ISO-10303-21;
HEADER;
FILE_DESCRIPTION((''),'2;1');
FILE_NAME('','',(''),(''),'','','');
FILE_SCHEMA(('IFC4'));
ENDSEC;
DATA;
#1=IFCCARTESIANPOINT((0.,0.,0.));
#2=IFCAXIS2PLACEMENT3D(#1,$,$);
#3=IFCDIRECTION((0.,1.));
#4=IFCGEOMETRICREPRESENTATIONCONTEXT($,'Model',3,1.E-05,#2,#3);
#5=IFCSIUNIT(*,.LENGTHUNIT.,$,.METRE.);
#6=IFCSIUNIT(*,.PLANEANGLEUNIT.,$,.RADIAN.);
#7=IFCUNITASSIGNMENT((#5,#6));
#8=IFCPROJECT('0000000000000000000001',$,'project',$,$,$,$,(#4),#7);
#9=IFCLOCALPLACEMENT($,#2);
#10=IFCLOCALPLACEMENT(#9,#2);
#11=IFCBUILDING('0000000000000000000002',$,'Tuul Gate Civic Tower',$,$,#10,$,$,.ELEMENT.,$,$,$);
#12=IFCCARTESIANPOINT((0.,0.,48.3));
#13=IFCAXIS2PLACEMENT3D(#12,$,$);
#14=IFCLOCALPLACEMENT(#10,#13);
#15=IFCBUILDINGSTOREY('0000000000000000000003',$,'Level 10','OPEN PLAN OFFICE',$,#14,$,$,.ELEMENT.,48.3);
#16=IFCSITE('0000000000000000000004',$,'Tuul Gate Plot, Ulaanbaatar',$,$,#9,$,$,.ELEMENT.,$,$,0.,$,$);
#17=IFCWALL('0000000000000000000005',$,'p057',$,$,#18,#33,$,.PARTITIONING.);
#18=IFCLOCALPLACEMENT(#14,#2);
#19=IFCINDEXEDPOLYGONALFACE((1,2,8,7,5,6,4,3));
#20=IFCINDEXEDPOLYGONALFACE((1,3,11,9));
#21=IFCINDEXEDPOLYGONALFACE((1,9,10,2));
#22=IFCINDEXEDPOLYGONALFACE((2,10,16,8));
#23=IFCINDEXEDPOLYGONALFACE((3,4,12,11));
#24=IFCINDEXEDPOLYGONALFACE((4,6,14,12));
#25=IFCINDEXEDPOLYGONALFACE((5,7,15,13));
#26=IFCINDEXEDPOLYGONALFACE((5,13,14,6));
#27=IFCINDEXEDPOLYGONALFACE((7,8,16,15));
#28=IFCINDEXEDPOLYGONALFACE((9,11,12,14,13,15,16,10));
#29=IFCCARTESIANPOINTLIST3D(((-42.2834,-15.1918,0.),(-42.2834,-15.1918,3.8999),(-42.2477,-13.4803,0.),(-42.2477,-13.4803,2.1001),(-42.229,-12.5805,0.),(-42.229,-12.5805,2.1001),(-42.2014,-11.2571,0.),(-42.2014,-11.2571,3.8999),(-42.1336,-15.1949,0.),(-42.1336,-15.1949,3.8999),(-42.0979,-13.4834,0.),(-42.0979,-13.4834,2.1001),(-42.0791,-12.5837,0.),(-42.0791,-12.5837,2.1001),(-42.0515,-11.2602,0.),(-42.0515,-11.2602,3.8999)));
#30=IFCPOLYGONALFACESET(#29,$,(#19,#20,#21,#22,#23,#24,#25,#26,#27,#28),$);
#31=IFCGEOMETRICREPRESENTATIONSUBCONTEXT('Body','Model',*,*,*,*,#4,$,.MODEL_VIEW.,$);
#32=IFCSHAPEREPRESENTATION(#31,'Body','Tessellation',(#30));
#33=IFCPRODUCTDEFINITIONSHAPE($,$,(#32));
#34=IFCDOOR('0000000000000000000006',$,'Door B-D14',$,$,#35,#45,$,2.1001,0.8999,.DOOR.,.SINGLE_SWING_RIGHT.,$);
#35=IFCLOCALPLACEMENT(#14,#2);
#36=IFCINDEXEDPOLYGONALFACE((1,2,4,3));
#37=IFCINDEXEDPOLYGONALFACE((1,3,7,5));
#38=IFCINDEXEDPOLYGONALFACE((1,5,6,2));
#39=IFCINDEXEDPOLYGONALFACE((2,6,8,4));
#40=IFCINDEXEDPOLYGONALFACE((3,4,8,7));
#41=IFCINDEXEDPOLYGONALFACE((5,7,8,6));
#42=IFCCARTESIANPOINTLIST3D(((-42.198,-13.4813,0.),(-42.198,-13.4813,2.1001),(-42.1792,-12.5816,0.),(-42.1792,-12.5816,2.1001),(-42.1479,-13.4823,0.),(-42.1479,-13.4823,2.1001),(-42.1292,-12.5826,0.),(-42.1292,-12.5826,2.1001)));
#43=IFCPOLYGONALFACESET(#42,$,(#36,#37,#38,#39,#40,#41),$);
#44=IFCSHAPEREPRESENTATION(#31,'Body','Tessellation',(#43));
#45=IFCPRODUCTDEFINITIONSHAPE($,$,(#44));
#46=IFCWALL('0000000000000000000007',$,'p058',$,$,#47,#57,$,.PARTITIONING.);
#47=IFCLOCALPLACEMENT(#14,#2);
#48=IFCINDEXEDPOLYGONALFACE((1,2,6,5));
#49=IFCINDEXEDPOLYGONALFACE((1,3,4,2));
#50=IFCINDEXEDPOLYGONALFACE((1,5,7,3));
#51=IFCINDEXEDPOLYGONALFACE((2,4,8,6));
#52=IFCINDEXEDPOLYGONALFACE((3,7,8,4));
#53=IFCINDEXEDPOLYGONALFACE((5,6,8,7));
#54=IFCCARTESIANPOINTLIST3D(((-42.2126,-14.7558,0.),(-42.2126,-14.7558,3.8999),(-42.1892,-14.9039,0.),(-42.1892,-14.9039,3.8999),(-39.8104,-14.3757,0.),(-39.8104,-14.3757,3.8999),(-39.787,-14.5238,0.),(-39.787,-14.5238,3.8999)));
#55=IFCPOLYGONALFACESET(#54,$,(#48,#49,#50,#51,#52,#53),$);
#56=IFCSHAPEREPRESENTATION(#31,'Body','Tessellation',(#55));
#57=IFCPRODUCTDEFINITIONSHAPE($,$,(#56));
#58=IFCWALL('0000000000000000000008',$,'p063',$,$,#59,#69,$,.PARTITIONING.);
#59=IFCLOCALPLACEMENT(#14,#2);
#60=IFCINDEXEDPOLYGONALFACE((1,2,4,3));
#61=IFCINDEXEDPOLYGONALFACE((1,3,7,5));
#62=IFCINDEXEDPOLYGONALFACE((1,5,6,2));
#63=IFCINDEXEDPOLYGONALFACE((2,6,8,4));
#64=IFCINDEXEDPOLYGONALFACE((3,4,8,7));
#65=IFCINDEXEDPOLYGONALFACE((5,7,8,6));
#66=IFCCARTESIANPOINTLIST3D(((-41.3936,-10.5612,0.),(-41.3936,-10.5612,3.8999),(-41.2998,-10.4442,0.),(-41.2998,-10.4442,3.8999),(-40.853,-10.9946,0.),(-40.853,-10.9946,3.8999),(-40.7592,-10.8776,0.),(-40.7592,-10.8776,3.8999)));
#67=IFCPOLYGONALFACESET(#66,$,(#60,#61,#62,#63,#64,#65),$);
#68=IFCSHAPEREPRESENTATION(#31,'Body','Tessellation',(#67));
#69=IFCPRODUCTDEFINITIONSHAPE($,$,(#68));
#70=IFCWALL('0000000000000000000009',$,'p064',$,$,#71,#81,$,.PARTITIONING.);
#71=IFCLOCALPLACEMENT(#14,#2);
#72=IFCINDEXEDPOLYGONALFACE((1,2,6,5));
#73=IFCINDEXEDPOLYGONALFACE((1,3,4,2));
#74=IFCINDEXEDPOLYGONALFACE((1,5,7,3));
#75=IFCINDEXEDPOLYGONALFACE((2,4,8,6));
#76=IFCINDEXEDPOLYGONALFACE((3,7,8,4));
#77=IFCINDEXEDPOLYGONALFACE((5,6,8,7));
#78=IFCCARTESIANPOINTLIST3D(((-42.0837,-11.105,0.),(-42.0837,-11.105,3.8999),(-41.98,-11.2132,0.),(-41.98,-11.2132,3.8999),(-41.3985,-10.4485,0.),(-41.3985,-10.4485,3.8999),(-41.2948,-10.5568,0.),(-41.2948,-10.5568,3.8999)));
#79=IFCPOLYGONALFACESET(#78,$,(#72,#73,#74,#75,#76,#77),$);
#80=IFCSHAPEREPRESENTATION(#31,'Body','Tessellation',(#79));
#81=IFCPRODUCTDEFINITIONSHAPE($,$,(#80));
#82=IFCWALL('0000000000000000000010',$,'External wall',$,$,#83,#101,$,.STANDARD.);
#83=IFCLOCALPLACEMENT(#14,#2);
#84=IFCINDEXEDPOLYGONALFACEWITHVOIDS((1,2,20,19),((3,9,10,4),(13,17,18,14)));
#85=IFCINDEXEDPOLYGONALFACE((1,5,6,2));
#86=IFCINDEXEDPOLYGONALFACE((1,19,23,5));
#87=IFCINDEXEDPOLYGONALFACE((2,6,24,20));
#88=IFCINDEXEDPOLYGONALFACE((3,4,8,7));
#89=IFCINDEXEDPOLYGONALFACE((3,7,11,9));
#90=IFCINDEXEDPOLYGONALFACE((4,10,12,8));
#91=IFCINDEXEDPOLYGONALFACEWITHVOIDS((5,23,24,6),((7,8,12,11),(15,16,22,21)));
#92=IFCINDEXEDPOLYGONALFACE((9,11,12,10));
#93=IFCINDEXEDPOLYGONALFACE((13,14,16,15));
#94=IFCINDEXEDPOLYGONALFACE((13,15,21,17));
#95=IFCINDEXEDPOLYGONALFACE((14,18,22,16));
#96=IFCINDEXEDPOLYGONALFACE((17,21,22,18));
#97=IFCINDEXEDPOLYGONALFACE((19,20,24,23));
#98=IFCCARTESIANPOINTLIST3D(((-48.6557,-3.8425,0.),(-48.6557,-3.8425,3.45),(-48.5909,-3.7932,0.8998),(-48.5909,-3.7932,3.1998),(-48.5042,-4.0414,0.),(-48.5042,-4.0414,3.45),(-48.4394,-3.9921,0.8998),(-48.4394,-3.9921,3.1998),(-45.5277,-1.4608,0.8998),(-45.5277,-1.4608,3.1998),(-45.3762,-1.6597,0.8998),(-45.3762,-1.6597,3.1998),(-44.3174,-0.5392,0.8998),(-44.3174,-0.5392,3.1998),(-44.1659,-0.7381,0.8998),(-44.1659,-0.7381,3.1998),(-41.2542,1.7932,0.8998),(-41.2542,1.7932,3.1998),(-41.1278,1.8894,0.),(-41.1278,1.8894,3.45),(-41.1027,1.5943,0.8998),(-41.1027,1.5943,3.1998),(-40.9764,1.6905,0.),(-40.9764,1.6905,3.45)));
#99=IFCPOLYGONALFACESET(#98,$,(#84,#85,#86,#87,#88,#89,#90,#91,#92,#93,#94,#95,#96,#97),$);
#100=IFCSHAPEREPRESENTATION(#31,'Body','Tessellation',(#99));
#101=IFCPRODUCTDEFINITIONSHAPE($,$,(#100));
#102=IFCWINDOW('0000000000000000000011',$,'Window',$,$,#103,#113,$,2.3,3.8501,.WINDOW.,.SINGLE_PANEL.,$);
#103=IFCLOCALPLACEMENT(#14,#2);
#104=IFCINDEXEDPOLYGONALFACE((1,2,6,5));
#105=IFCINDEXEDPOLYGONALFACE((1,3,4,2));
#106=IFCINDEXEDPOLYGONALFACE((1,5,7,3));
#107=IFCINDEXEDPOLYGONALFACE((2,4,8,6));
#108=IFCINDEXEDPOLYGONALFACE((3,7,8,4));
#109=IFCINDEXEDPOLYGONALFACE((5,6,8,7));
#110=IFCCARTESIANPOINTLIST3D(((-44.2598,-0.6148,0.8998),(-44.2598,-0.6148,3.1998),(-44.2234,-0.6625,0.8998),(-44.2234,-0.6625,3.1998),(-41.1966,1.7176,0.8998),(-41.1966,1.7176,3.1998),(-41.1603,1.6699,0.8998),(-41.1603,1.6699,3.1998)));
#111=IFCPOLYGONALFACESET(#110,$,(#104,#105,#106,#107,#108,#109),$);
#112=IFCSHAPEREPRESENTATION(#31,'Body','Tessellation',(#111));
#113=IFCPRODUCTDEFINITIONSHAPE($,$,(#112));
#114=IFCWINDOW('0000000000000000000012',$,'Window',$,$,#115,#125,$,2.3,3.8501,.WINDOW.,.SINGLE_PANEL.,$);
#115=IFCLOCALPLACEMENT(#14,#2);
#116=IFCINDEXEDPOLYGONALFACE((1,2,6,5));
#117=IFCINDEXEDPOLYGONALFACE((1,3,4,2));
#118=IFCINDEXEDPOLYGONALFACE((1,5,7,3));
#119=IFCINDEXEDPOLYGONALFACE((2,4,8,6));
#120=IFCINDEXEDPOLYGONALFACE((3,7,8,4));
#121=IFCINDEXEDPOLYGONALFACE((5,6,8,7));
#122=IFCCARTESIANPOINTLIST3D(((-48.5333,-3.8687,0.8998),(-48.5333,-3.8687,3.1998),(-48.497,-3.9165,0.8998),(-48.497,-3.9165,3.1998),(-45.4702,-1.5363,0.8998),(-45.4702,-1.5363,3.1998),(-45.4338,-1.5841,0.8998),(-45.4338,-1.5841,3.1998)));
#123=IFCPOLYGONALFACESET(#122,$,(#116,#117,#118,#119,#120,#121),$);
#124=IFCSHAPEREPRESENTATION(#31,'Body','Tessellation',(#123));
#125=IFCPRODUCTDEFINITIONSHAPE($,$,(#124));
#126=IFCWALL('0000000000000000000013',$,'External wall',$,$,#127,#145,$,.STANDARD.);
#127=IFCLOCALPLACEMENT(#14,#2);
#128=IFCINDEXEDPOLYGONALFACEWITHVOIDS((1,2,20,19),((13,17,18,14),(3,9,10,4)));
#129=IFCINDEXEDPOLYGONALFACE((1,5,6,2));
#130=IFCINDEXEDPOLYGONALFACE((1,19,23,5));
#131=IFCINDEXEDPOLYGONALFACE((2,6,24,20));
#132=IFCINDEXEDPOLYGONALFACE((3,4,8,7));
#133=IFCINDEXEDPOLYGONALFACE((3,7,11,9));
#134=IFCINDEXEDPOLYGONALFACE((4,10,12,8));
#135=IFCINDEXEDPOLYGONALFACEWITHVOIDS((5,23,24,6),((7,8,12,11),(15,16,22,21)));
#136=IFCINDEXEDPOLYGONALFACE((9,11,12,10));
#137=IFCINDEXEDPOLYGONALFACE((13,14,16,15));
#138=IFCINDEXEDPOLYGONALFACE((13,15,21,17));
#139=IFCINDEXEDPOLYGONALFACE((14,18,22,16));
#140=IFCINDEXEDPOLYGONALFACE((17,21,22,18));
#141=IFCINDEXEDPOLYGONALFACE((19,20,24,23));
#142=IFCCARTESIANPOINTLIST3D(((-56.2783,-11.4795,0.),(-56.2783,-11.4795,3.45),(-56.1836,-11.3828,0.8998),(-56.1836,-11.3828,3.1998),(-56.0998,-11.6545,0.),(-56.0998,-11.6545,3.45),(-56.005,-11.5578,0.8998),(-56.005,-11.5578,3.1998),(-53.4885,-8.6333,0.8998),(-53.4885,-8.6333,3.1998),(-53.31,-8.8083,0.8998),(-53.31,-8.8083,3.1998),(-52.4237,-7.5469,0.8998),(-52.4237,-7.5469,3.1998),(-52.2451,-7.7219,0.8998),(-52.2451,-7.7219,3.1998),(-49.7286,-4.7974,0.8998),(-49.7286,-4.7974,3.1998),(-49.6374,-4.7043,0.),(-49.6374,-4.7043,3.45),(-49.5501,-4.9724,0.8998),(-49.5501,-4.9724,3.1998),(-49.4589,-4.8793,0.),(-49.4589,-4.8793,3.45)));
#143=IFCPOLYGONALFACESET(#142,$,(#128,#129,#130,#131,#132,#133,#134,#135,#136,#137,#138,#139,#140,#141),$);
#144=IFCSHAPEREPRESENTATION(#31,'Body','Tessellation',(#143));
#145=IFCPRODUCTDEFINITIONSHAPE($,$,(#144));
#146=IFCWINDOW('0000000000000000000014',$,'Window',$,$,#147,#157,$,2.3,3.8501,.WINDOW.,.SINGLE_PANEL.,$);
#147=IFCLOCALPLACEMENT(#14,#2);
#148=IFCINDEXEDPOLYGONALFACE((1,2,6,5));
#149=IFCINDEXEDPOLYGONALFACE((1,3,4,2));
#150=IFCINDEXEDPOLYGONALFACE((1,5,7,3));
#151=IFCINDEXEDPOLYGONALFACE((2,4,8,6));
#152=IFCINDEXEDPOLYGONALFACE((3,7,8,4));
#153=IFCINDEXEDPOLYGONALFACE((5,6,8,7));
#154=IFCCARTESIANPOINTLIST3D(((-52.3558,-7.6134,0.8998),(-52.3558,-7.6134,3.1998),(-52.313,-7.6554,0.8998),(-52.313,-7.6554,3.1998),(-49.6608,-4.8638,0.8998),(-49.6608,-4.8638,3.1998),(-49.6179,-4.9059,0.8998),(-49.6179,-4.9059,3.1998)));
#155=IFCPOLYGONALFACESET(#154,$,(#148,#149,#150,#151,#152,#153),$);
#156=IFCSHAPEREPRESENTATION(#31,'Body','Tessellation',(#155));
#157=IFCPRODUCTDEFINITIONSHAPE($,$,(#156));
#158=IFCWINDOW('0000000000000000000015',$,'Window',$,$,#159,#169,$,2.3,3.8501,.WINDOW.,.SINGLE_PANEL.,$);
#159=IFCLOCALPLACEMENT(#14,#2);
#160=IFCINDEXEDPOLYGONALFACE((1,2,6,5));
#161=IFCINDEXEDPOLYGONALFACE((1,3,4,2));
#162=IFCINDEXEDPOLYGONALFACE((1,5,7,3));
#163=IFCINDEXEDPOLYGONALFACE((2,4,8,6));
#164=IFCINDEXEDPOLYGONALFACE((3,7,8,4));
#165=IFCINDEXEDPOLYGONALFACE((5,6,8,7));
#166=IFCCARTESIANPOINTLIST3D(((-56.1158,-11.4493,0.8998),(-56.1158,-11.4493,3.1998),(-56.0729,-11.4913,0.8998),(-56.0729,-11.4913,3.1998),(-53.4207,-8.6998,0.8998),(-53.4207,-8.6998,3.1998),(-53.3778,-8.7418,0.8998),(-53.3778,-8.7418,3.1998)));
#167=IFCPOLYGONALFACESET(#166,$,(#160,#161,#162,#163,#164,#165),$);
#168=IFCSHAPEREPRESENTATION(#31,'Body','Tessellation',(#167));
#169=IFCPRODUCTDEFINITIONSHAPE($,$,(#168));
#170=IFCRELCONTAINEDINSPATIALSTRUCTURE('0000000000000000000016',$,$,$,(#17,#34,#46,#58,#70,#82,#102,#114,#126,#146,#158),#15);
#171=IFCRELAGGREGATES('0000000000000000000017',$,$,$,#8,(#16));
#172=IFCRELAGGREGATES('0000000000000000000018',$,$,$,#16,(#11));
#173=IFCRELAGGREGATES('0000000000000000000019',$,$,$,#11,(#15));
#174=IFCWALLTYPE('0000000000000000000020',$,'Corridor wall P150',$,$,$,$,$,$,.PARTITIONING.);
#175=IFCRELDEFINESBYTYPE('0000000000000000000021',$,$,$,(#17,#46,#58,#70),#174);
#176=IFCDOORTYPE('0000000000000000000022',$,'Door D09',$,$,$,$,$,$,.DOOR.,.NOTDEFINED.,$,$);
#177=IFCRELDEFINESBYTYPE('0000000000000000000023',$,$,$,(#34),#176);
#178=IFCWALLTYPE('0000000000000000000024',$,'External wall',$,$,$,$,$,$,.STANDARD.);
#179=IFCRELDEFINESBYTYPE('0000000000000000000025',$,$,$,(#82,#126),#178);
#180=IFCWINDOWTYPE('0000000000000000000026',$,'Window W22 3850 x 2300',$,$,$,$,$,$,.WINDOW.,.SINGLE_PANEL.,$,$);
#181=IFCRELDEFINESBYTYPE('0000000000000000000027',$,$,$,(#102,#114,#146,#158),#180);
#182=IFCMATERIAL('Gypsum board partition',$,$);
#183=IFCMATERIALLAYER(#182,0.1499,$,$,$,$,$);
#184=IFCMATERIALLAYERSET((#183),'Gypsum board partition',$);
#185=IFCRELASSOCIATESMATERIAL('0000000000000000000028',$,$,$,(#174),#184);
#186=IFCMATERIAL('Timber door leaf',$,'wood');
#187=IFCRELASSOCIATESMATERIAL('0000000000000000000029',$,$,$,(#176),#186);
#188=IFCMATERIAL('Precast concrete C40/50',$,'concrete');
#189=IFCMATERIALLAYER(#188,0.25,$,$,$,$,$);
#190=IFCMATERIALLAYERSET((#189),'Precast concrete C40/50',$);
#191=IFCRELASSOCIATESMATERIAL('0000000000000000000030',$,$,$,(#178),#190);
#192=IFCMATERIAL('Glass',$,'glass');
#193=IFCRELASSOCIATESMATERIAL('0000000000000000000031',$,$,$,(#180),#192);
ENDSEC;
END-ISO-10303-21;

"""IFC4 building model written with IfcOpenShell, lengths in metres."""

from ifc_helpers import new_model, si_unit, direction, frame, frame_2d, origin, place, context, subcontext, project, spatial, rectangle, extrude, material, layer, layer_set, type_object, element, fill, save


model = new_model("IFC4")

# Units and contexts
model_context = context("Model", 3, precision=1e-05, world=origin(), true_north=direction((0.0, 1.0)))
body_context = subcontext(model_context, "Body", "Model", "MODEL_VIEW")
ifc_project = project(units=[si_unit("LENGTHUNIT", "METRE"), si_unit("PLANEANGLEUNIT", "RADIAN")], contexts=[model_context])

# Site, building, storey
site_placement = place(None, origin())
site = spatial("IfcSite", under=ifc_project, at=site_placement, Name="Tuul Gate Plot, Ulaanbaatar", CompositionType="ELEMENT", RefElevation=0.0)
building_placement = place(site_placement, origin())
building = spatial("IfcBuilding", under=site, at=building_placement, Name="Tuul Gate Civic Tower", CompositionType="ELEMENT")
storey_placement = place(building_placement, frame((0.0, 0.0, 48.3)))
storey = spatial("IfcBuildingStorey", under=building, at=storey_placement, Name="Level 10", Description="OPEN PLAN OFFICE", CompositionType="ELEMENT", Elevation=48.3)

# Shared definitions
ifc_material_1 = material(Name="Gypsum board partition")
ifc_layer_1 = layer(ifc_material_1, 0.1499)
ifc_layer_set_1 = layer_set([ifc_layer_1], Name="Gypsum board partition")
wall_type_1 = type_object("IfcWallType", Name="Corridor wall P150", PredefinedType="PARTITIONING", material=ifc_layer_set_1)

# Wall, opening, door
wall_1_placement = place(storey_placement, frame((-42.2085, -15.1934, 0.0), z_axis=(0.0, 0.0, 1.0), x_axis=(0.020844, 0.999783, 0.0)))
wall_1 = element("IfcWall", 1, at=wall_1_placement, inside=storey, type_object=wall_type_1, Name="p057", PredefinedType="PARTITIONING", context=body_context, shape_type="SweptSolid", body=[
    extrude(rectangle(XDim=3.9355, YDim=0.1499, at=frame_2d((1.9678, 0.0))), origin(), (0.0, 0.0, 1.0), 3.8999),
])
opening_1_placement = place(wall_1_placement, frame((1.7119, 0.0, 0.0)))
opening_1 = element("IfcOpeningElement", 2, at=opening_1_placement, cuts=wall_1, PredefinedType="OPENING", context=body_context, shape_type="SweptSolid", body=[
    extrude(rectangle(XDim=0.8999, YDim=2.1001, at=frame_2d((0.45, 1.05))), frame((0.0, 0.085, 0.0), z_axis=(0.0, -1.0, 0.0), x_axis=(1.0, 0.0, 0.0)), (0.0, 0.0, 1.0), 0.1699),
])
ifc_material_2 = material(Name="Timber door leaf", Category="wood")
door_type_1 = type_object("IfcDoorType", Name="Door D09", OperationType="NOTDEFINED", PredefinedType="DOOR", material=ifc_material_2)
door_1_placement = place(opening_1_placement, frame((0.8999, 0.0, 0.0), z_axis=(0.0, 0.0, 1.0), x_axis=(-1.0, 0.0, 0.0)))
door_1 = element("IfcDoor", 3, at=door_1_placement, inside=storey, type_object=door_type_1, Name="Door B-D14", OperationType="SINGLE_SWING_RIGHT", OverallHeight=2.1001, OverallWidth=0.8999, PredefinedType="DOOR", context=body_context, shape_type="SweptSolid", body=[
    extrude(rectangle(XDim=0.8999, YDim=2.1001, at=frame_2d((0.45, 1.05))), frame((0.0, 0.0249, 0.0), z_axis=(0.0, -1.0, 0.0), x_axis=(1.0, 0.0, 0.0)), (0.0, 0.0, 1.0), 0.05),
])
fill(opening_1, door_1)

# Walls
wall_2_placement = place(storey_placement, frame((-42.2009, -14.8298, 0.0), z_axis=(0.0, 0.0, 1.0), x_axis=(0.987712, 0.156287, 0.0)))
element("IfcWall", 4, at=wall_2_placement, inside=storey, type_object=wall_type_1, Name="p058", PredefinedType="PARTITIONING", context=body_context, shape_type="SweptSolid", body=[
    extrude(rectangle(XDim=2.4321, YDim=0.1499, at=frame_2d((1.2161, 0.0))), origin(), (0.0, 0.0, 1.0), 3.8999),
])
wall_3_placement = place(storey_placement, frame((-41.3467, -10.5027, 0.0), z_axis=(0.0, 0.0, 1.0), x_axis=(0.780215, -0.625511, 0.0)))
element("IfcWall", 5, at=wall_3_placement, inside=storey, type_object=wall_type_1, Name="p063", PredefinedType="PARTITIONING", context=body_context, shape_type="SweptSolid", body=[
    extrude(rectangle(XDim=0.6929, YDim=0.1499, at=frame_2d((0.3464, 0.0))), origin(), (0.0, 0.0, 1.0), 3.8999),
])
wall_4_placement = place(storey_placement, frame((-42.032, -11.1592, 0.0), z_axis=(0.0, 0.0, 1.0), x_axis=(0.722122, 0.691766, 0.0)))
element("IfcWall", 6, at=wall_4_placement, inside=storey, type_object=wall_type_1, Name="p064", PredefinedType="PARTITIONING", context=body_context, shape_type="SweptSolid", body=[
    extrude(rectangle(XDim=0.949, YDim=0.1499, at=frame_2d((0.4746, 0.0))), origin(), (0.0, 0.0, 1.0), 3.8999),
])

# Walls, openings, windows
ifc_material_3 = material(Name="Precast concrete C40/50", Category="concrete")
ifc_layer_2 = layer(ifc_material_3, 0.25)
ifc_layer_set_2 = layer_set([ifc_layer_2], Name="Precast concrete C40/50")
wall_type_2 = type_object("IfcWallType", Name="External wall", PredefinedType="STANDARD", material=ifc_layer_set_2)
wall_5_placement = place(storey_placement, frame((-41.052, 1.79, 0.0), z_axis=(0.0, 0.0, 1.0), x_axis=(-0.795613, -0.605805, 0.0)))
wall_5 = element("IfcWall", 7, at=wall_5_placement, inside=storey, type_object=wall_type_2, Name="External wall", PredefinedType="STANDARD", context=body_context, shape_type="SweptSolid", body=[
    extrude(rectangle(XDim=9.4617, YDim=0.25, at=frame_2d((4.731, 0.0))), origin(), (0.0, 0.0, 1.0), 3.45),
])
opening_2_placement = place(wall_5_placement, frame((0.1589, 0.0, 0.8999)))
opening_2 = element("IfcOpeningElement", 8, at=opening_2_placement, cuts=wall_5, PredefinedType="OPENING", context=body_context, shape_type="SweptSolid", body=[
    extrude(rectangle(XDim=3.8501, YDim=2.3, at=frame_2d((1.925, 1.1499))), frame((0.0, 0.135, 0.0), z_axis=(0.0, -1.0, 0.0), x_axis=(1.0, 0.0, 0.0)), (0.0, 0.0, 1.0), 0.27),
])
opening_3_placement = place(wall_5_placement, frame((5.5303, 0.0, 0.8999)))
opening_3 = element("IfcOpeningElement", 9, at=opening_3_placement, cuts=wall_5, PredefinedType="OPENING", context=body_context, shape_type="SweptSolid", body=[
    extrude(rectangle(XDim=3.8501, YDim=2.3, at=frame_2d((1.925, 1.1499))), frame((0.0, 0.135, 0.0), z_axis=(0.0, -1.0, 0.0), x_axis=(1.0, 0.0, 0.0)), (0.0, 0.0, 1.0), 0.27),
])
ifc_material_4 = material(Name="Glass", Category="glass")
window_type_1 = type_object("IfcWindowType", Name="Window W22 3850 x 2300", PartitioningType="SINGLE_PANEL", PredefinedType="WINDOW", material=ifc_material_4)
window_1_placement = place(opening_2_placement, origin())
window_1 = element("IfcWindow", 10, at=window_1_placement, inside=storey, type_object=window_type_1, Name="Window", OverallHeight=2.3, OverallWidth=3.8501, PartitioningType="SINGLE_PANEL", PredefinedType="WINDOW", context=body_context, shape_type="SweptSolid", body=[
    extrude(rectangle(XDim=3.8501, YDim=2.3, at=frame_2d((1.925, 1.1499))), frame((0.0, 0.03, 0.0), z_axis=(0.0, -1.0, 0.0), x_axis=(1.0, 0.0, 0.0)), (0.0, 0.0, 1.0), 0.0601),
])
fill(opening_2, window_1)
window_2_placement = place(opening_3_placement, origin())
window_2 = element("IfcWindow", 11, at=window_2_placement, inside=storey, type_object=window_type_1, Name="Window", OverallHeight=2.3, OverallWidth=3.8501, PartitioningType="SINGLE_PANEL", PredefinedType="WINDOW", context=body_context, shape_type="SweptSolid", body=[
    extrude(rectangle(XDim=3.8501, YDim=2.3, at=frame_2d((1.925, 1.1499))), frame((0.0, 0.03, 0.0), z_axis=(0.0, -1.0, 0.0), x_axis=(1.0, 0.0, 0.0)), (0.0, 0.0, 1.0), 0.0601),
])
fill(opening_3, window_2)
wall_6_placement = place(storey_placement, frame((-49.5481, -4.7917, 0.0), z_axis=(0.0, 0.0, 1.0), x_axis=(-0.699994, -0.714148, 0.0)))
wall_6 = element("IfcWall", 12, at=wall_6_placement, inside=storey, type_object=wall_type_2, Name="External wall", PredefinedType="STANDARD", context=body_context, shape_type="SweptSolid", body=[
    extrude(rectangle(XDim=9.4871, YDim=0.25, at=frame_2d((4.7437, 0.0))), origin(), (0.0, 0.0, 1.0), 3.45),
])
opening_4_placement = place(wall_6_placement, frame((0.1304, 0.0, 0.8999)))
opening_4 = element("IfcOpeningElement", 13, at=opening_4_placement, cuts=wall_6, PredefinedType="OPENING", context=body_context, shape_type="SweptSolid", body=[
    extrude(rectangle(XDim=3.8501, YDim=2.3, at=frame_2d((1.925, 1.1499))), frame((0.0, 0.135, 0.0), z_axis=(0.0, -1.0, 0.0), x_axis=(1.0, 0.0, 0.0)), (0.0, 0.0, 1.0), 0.27),
])
opening_5_placement = place(wall_6_placement, frame((5.5017, 0.0, 0.8999)))
opening_5 = element("IfcOpeningElement", 14, at=opening_5_placement, cuts=wall_6, PredefinedType="OPENING", context=body_context, shape_type="SweptSolid", body=[
    extrude(rectangle(XDim=3.8501, YDim=2.3, at=frame_2d((1.925, 1.1499))), frame((0.0, 0.135, 0.0), z_axis=(0.0, -1.0, 0.0), x_axis=(1.0, 0.0, 0.0)), (0.0, 0.0, 1.0), 0.27),
])
window_3_placement = place(opening_4_placement, origin())
window_3 = element("IfcWindow", 15, at=window_3_placement, inside=storey, type_object=window_type_1, Name="Window", OverallHeight=2.3, OverallWidth=3.8501, PartitioningType="SINGLE_PANEL", PredefinedType="WINDOW", context=body_context, shape_type="SweptSolid", body=[
    extrude(rectangle(XDim=3.8501, YDim=2.3, at=frame_2d((1.925, 1.1499))), frame((0.0, 0.03, 0.0), z_axis=(0.0, -1.0, 0.0), x_axis=(1.0, 0.0, 0.0)), (0.0, 0.0, 1.0), 0.0601),
])
fill(opening_4, window_3)
window_4_placement = place(opening_5_placement, origin())
window_4 = element("IfcWindow", 16, at=window_4_placement, inside=storey, type_object=window_type_1, Name="Window", OverallHeight=2.3, OverallWidth=3.8501, PartitioningType="SINGLE_PANEL", PredefinedType="WINDOW", context=body_context, shape_type="SweptSolid", body=[
    extrude(rectangle(XDim=3.8501, YDim=2.3, at=frame_2d((1.925, 1.1499))), frame((0.0, 0.03, 0.0), z_axis=(0.0, -1.0, 0.0), x_axis=(1.0, 0.0, 0.0)), (0.0, 0.0, 1.0), 0.0601),
])
fill(opening_5, window_4)

save(model, "model.ifc")
